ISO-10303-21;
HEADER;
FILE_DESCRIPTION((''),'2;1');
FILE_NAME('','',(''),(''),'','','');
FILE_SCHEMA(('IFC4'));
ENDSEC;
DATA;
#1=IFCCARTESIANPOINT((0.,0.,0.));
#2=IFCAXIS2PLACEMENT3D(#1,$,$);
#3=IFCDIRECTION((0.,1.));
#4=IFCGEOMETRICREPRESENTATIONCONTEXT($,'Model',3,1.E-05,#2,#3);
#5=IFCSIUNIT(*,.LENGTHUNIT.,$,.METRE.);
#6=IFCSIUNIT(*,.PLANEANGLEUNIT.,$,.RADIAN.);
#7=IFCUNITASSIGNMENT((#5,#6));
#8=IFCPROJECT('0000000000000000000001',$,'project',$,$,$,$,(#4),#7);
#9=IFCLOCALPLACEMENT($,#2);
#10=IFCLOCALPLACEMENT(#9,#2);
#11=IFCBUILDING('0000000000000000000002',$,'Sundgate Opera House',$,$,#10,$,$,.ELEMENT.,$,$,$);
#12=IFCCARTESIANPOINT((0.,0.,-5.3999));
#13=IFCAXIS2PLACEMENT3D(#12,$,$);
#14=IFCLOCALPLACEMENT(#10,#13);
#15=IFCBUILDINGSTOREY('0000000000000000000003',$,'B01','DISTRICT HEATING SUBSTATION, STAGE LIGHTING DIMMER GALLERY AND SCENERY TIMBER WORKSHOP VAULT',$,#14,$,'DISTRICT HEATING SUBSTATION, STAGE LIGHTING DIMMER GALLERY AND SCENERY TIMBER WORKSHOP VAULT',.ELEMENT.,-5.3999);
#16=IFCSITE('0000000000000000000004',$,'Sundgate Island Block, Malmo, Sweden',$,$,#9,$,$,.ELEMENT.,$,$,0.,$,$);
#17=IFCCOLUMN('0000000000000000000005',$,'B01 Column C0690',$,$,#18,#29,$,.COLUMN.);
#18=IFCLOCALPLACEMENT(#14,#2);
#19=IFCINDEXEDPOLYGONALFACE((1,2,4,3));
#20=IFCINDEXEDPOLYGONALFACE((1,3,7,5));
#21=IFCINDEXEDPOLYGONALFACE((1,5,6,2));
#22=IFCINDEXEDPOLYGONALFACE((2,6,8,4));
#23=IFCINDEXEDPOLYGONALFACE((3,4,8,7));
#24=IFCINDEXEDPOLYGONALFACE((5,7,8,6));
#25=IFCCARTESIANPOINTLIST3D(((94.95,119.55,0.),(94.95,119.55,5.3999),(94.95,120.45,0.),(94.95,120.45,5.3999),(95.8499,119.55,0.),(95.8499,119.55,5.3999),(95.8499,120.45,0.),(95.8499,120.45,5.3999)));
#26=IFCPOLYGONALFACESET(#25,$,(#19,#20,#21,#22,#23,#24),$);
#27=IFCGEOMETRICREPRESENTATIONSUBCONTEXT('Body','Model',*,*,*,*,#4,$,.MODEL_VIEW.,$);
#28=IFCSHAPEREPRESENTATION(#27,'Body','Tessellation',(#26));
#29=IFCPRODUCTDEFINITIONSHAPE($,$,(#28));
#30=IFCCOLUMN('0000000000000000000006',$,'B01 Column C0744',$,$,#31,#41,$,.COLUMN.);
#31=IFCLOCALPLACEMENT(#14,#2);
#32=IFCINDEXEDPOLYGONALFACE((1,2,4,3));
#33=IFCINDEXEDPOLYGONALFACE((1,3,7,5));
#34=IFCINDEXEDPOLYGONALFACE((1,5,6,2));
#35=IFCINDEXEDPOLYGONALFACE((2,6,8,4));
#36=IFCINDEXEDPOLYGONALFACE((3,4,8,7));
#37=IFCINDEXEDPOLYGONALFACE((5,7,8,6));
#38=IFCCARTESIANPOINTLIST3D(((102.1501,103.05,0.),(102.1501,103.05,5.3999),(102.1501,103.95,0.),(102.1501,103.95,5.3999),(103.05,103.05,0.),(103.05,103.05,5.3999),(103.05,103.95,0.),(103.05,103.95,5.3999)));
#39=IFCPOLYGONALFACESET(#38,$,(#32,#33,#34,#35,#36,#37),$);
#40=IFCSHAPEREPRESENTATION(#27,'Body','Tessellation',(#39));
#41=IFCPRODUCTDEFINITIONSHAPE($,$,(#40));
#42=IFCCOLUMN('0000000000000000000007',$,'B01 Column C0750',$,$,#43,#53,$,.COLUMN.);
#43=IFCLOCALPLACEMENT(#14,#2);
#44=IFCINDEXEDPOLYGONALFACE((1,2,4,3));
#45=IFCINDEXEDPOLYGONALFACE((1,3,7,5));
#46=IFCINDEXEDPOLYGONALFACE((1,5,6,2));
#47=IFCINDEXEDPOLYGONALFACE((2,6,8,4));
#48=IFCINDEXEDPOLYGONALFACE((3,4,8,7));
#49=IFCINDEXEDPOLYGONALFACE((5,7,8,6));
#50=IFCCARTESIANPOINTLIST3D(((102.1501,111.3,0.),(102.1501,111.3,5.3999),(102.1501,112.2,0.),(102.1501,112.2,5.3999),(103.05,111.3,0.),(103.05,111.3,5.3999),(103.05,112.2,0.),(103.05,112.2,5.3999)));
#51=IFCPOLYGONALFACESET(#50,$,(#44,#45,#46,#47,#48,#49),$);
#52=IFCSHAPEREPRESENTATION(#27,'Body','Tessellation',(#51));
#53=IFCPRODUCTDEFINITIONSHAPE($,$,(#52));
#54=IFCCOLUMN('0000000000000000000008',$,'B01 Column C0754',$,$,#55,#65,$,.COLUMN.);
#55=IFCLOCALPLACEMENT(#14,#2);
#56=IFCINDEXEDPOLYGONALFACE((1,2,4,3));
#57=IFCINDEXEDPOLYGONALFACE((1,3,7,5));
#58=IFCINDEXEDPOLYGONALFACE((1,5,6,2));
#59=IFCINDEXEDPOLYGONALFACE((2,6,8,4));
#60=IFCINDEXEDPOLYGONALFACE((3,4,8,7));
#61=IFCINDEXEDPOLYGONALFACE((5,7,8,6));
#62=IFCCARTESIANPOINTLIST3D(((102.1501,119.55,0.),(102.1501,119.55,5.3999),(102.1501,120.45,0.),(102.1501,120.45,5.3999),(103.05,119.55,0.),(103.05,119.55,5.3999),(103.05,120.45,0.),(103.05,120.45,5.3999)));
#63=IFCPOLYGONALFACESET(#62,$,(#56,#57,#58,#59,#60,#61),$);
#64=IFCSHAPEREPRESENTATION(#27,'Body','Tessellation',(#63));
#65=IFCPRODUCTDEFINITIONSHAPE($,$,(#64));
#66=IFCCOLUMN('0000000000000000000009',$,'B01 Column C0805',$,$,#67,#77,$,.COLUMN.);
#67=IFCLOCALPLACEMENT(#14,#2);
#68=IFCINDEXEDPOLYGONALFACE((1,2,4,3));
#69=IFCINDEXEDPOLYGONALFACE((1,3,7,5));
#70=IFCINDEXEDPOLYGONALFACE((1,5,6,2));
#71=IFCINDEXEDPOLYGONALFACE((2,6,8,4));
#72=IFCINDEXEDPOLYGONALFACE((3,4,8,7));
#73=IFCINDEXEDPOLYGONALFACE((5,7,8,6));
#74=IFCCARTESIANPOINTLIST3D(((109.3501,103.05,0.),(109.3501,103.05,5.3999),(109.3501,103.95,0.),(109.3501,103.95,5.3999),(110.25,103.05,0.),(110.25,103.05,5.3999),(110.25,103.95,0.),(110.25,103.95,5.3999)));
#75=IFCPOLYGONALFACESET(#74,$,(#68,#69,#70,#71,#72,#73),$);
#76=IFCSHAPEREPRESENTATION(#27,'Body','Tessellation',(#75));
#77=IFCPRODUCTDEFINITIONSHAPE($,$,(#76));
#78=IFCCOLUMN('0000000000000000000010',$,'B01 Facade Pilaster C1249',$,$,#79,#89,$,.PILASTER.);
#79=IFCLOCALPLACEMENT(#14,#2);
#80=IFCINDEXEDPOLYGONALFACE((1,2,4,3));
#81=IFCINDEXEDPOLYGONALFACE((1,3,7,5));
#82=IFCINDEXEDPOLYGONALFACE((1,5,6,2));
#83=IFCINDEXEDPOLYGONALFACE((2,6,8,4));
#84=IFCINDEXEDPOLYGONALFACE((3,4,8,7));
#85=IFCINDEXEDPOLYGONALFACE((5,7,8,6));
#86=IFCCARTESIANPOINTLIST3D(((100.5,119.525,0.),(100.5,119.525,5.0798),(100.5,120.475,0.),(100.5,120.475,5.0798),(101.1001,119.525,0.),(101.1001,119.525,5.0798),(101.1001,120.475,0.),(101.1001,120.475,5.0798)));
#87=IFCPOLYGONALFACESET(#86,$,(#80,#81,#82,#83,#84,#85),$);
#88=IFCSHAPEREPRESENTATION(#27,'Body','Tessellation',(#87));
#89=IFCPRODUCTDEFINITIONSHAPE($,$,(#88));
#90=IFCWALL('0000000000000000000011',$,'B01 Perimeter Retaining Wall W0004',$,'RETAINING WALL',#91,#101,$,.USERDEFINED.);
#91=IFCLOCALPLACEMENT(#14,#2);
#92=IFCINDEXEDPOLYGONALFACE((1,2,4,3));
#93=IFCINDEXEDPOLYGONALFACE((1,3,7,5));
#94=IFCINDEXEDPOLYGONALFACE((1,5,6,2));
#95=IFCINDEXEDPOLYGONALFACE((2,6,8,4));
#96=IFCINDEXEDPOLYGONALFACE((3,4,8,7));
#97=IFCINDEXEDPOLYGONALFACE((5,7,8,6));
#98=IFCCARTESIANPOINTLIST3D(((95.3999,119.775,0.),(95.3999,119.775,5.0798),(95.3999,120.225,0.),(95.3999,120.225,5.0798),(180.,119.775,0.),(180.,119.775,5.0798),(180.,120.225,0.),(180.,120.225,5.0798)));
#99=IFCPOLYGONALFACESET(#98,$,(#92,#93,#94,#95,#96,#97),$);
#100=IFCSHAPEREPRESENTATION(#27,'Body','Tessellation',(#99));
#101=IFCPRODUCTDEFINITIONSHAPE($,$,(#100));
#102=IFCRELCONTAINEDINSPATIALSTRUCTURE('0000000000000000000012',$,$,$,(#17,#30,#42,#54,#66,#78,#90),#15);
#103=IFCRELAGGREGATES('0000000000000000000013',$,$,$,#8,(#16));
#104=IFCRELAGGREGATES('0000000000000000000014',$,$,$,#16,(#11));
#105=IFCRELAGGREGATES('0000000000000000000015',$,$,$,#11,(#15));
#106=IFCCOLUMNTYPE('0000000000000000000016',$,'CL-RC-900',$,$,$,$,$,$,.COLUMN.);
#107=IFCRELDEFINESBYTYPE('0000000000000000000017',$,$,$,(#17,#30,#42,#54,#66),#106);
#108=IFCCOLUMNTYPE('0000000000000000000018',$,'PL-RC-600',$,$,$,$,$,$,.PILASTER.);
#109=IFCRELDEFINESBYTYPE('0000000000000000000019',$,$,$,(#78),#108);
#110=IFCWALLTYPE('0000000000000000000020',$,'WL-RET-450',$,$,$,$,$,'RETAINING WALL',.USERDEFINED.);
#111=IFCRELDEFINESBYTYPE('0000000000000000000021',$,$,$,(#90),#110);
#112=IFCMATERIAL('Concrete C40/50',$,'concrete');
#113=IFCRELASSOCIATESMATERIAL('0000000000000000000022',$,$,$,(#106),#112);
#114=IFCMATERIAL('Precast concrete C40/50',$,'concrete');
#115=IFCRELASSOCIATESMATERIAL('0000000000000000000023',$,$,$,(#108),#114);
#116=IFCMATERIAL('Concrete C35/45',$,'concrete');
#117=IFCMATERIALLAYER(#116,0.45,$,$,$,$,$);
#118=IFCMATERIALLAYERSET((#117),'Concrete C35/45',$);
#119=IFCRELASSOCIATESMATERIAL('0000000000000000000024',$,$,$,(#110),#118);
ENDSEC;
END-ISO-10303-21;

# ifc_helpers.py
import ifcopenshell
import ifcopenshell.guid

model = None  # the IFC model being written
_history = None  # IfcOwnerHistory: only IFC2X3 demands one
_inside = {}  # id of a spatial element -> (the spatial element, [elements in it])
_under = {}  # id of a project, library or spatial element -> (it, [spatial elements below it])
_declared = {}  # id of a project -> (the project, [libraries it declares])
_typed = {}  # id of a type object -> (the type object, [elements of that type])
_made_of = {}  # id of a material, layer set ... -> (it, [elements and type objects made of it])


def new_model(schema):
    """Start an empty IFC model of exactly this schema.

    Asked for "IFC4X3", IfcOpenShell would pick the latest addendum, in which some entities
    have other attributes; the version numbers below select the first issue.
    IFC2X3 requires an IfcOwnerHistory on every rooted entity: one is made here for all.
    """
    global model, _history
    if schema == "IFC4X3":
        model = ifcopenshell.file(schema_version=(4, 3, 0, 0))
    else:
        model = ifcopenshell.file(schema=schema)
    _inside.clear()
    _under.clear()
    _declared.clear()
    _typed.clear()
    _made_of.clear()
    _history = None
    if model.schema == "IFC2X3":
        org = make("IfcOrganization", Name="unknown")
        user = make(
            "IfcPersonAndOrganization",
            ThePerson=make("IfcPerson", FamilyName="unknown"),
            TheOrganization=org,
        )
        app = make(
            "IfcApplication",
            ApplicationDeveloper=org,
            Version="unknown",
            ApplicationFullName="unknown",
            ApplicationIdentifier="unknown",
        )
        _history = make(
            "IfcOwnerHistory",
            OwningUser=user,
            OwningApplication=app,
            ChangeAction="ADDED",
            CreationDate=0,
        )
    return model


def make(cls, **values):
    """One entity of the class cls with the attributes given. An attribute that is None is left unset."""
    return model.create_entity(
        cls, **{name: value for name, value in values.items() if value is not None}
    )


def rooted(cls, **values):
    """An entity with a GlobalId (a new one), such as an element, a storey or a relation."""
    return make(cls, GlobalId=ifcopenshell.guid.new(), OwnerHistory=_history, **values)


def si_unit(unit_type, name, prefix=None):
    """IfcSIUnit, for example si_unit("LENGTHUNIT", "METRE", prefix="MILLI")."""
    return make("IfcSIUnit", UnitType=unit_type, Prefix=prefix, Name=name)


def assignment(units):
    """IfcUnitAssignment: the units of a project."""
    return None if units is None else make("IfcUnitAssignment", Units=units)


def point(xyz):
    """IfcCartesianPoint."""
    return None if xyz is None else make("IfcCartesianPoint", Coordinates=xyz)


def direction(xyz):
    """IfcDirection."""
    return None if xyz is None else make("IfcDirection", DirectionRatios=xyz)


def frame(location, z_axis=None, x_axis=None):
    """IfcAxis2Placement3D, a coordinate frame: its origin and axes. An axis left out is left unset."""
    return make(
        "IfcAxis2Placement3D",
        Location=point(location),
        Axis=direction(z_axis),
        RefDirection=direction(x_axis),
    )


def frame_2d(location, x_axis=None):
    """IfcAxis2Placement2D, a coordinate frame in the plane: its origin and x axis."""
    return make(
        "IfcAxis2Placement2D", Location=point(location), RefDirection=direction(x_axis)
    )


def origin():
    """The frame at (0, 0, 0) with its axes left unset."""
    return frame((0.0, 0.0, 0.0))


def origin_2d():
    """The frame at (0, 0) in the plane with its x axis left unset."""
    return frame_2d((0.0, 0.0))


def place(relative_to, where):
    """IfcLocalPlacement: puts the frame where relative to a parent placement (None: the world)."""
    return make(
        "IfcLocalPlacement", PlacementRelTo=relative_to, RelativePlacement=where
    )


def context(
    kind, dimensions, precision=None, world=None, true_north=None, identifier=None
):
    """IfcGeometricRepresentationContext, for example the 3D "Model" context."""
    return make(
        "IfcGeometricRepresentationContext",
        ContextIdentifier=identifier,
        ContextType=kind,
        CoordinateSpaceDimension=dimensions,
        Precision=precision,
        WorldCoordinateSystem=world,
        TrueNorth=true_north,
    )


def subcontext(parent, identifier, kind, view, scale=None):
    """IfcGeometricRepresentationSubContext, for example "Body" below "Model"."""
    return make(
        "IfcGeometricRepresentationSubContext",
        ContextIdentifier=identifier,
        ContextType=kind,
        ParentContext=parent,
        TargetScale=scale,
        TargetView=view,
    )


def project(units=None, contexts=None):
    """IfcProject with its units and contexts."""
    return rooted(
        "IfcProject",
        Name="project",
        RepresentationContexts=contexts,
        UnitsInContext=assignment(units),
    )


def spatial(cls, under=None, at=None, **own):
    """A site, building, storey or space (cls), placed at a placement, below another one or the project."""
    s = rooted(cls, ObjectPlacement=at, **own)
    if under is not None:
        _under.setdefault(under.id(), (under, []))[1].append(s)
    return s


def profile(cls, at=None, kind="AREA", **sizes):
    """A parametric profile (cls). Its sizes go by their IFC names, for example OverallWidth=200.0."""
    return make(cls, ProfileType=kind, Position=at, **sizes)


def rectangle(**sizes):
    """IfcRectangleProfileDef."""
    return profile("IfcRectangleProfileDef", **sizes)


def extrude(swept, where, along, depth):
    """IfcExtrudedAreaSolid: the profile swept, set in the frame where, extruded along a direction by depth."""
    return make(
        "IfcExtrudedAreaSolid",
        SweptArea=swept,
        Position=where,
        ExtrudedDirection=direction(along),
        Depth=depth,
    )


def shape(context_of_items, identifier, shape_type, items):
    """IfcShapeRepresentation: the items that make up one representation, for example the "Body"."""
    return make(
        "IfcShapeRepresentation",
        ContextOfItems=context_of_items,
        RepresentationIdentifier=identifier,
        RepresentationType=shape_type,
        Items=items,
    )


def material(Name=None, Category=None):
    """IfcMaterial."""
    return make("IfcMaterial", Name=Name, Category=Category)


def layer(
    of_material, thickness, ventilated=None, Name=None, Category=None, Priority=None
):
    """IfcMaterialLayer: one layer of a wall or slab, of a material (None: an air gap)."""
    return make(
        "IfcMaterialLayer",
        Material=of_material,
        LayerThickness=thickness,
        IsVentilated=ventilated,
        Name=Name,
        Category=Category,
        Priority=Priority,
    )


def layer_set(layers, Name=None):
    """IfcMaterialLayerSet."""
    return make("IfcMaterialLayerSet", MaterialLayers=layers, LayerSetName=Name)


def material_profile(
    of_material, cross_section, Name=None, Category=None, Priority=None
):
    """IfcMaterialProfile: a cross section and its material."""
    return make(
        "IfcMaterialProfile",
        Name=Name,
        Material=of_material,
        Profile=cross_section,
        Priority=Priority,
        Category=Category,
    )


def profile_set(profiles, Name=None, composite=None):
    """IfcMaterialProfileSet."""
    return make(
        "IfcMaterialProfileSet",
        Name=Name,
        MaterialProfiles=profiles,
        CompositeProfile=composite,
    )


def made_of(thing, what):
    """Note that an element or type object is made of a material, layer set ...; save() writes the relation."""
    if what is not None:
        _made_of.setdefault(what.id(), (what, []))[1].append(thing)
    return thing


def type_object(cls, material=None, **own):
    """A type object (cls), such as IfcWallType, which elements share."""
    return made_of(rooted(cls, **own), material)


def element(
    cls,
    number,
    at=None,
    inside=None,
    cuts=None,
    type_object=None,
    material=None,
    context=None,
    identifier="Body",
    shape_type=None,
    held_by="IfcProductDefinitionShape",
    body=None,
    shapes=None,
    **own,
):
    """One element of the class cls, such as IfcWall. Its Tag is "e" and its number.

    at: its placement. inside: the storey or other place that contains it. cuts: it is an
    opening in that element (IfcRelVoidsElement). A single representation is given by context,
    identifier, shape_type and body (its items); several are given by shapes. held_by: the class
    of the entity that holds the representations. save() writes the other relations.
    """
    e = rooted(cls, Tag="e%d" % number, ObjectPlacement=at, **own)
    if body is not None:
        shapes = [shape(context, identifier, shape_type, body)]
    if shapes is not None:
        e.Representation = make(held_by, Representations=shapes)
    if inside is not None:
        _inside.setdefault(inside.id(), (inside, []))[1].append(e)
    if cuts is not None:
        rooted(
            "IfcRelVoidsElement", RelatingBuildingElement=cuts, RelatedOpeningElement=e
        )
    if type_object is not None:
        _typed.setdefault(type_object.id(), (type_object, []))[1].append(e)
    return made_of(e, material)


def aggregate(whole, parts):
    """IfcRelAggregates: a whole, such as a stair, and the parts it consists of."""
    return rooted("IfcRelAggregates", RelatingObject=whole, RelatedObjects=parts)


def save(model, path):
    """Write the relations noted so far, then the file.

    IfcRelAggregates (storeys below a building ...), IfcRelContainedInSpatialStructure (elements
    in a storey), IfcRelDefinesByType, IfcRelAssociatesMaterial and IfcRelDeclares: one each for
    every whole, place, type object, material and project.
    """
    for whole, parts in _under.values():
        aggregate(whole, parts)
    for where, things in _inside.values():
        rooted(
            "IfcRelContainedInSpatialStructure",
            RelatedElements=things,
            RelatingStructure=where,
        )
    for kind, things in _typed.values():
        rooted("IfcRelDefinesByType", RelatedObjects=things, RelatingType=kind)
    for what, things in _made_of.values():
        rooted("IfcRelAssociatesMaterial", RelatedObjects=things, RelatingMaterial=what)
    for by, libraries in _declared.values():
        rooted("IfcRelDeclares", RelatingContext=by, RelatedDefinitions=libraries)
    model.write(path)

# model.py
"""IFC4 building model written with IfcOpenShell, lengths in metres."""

from ifc_helpers import new_model, si_unit, direction, frame, frame_2d, origin, origin_2d, place, context, subcontext, project, spatial, rectangle, extrude, material, layer, layer_set, material_profile, profile_set, type_object, element, save


model = new_model("IFC4")

# Units and contexts
model_context = context("Model", 3, precision=1e-05, world=origin(), true_north=direction((0.0, 1.0)))
body_context = subcontext(model_context, "Body", "Model", "MODEL_VIEW")
ifc_project = project(units=[si_unit("LENGTHUNIT", "METRE"), si_unit("PLANEANGLEUNIT", "RADIAN")], contexts=[model_context])

# Site, building, storey
site_placement = place(None, origin())
site = spatial("IfcSite", under=ifc_project, at=site_placement, Name="Sundgate Island Block, Malmo, Sweden", CompositionType="ELEMENT", RefElevation=0.0)
building_placement = place(site_placement, origin())
building = spatial("IfcBuilding", under=site, at=building_placement, Name="Sundgate Opera House", CompositionType="ELEMENT")
storey_placement = place(building_placement, frame((0.0, 0.0, -5.3999)))
storey = spatial("IfcBuildingStorey", under=building, at=storey_placement, Name="B01", Description="DISTRICT HEATING SUBSTATION, STAGE LIGHTING DIMMER GALLERY AND SCENERY TIMBER WORKSHOP VAULT", LongName="DISTRICT HEATING SUBSTATION, STAGE LIGHTING DIMMER GALLERY AND SCENERY TIMBER WORKSHOP VAULT", CompositionType="ELEMENT", Elevation=-5.3999)

# Columns
ifc_material_1 = material(Name="Concrete C40/50", Category="concrete")
ifc_material_profile_1 = material_profile(ifc_material_1, rectangle(XDim=0.8999, YDim=0.8999, at=origin_2d()), Name="RC 900x900")
ifc_profile_set_1 = profile_set([ifc_material_profile_1], Name="Concrete C40/50")
column_type_1 = type_object("IfcColumnType", Name="CL-RC-900", PredefinedType="COLUMN", material=ifc_profile_set_1)
for number, where, z_axis, x_axis, name in (
    (1, (95.3999, 120.0, 0.0), (0.0, 0.0, 1.0), (1.0, 0.0, 0.0), "B01 Column C0690"),
    (2, (102.6001, 103.5, 0.0), (0.0, 0.0, 1.0), (1.0, 0.0, 0.0), "B01 Column C0744"),
    (3, (102.6001, 111.75, 0.0), (0.0, 0.0, 1.0), (1.0, 0.0, 0.0), "B01 Column C0750"),
    (4, (102.6001, 120.0, 0.0), (0.0, 0.0, 1.0), (1.0, 0.0, 0.0), "B01 Column C0754"),
    (5, (109.8, 103.5, 0.0), (0.0, 0.0, 1.0), (1.0, 0.0, 0.0), "B01 Column C0805"),
):
    element("IfcColumn", number, at=place(storey_placement, frame(where, z_axis=z_axis, x_axis=x_axis)), inside=storey, type_object=column_type_1, Name=name, PredefinedType="COLUMN", context=body_context, shape_type="SweptSolid", body=[
        extrude(rectangle(XDim=0.8999, YDim=0.8999, at=origin_2d()), origin(), (0.0, 0.0, 1.0), 5.3999),
    ])
ifc_material_2 = material(Name="Precast concrete C40/50", Category="concrete")
ifc_material_profile_2 = material_profile(ifc_material_2, rectangle(XDim=0.6001, YDim=0.95, at=origin_2d()), Name="RC 600x950")
ifc_profile_set_2 = profile_set([ifc_material_profile_2], Name="Precast concrete C40/50")
column_type_2 = type_object("IfcColumnType", Name="PL-RC-600", PredefinedType="PILASTER", material=ifc_profile_set_2)
column_placement = place(storey_placement, frame((100.8, 120.0, 0.0), z_axis=(0.0, 0.0, 1.0), x_axis=(1.0, 0.0, 0.0)))
element("IfcColumn", 6, at=column_placement, inside=storey, type_object=column_type_2, Name="B01 Facade Pilaster C1249", PredefinedType="PILASTER", context=body_context, shape_type="SweptSolid", body=[
    extrude(rectangle(XDim=0.6001, YDim=0.95, at=origin_2d()), origin(), (0.0, 0.0, 1.0), 5.0798),
])

# Wall
ifc_material_3 = material(Name="Concrete C35/45", Category="concrete")
ifc_layer = layer(ifc_material_3, 0.45)
ifc_layer_set = layer_set([ifc_layer], Name="Concrete C35/45")
wall_type = type_object("IfcWallType", Name="WL-RET-450", ElementType="RETAINING WALL", PredefinedType="USERDEFINED", material=ifc_layer_set)
wall_placement = place(storey_placement, frame((95.3999, 120.0, 0.0), z_axis=(0.0, 0.0, 1.0), x_axis=(1.0, 0.0, 0.0)))
element("IfcWall", 7, at=wall_placement, inside=storey, type_object=wall_type, Name="B01 Perimeter Retaining Wall W0004", ObjectType="RETAINING WALL", PredefinedType="USERDEFINED", context=body_context, shape_type="SweptSolid", body=[
    extrude(rectangle(XDim=84.6001, YDim=0.45, at=frame_2d((42.3, 0.0))), origin(), (0.0, 0.0, 1.0), 5.0798),
])

save(model, "model.ifc")
